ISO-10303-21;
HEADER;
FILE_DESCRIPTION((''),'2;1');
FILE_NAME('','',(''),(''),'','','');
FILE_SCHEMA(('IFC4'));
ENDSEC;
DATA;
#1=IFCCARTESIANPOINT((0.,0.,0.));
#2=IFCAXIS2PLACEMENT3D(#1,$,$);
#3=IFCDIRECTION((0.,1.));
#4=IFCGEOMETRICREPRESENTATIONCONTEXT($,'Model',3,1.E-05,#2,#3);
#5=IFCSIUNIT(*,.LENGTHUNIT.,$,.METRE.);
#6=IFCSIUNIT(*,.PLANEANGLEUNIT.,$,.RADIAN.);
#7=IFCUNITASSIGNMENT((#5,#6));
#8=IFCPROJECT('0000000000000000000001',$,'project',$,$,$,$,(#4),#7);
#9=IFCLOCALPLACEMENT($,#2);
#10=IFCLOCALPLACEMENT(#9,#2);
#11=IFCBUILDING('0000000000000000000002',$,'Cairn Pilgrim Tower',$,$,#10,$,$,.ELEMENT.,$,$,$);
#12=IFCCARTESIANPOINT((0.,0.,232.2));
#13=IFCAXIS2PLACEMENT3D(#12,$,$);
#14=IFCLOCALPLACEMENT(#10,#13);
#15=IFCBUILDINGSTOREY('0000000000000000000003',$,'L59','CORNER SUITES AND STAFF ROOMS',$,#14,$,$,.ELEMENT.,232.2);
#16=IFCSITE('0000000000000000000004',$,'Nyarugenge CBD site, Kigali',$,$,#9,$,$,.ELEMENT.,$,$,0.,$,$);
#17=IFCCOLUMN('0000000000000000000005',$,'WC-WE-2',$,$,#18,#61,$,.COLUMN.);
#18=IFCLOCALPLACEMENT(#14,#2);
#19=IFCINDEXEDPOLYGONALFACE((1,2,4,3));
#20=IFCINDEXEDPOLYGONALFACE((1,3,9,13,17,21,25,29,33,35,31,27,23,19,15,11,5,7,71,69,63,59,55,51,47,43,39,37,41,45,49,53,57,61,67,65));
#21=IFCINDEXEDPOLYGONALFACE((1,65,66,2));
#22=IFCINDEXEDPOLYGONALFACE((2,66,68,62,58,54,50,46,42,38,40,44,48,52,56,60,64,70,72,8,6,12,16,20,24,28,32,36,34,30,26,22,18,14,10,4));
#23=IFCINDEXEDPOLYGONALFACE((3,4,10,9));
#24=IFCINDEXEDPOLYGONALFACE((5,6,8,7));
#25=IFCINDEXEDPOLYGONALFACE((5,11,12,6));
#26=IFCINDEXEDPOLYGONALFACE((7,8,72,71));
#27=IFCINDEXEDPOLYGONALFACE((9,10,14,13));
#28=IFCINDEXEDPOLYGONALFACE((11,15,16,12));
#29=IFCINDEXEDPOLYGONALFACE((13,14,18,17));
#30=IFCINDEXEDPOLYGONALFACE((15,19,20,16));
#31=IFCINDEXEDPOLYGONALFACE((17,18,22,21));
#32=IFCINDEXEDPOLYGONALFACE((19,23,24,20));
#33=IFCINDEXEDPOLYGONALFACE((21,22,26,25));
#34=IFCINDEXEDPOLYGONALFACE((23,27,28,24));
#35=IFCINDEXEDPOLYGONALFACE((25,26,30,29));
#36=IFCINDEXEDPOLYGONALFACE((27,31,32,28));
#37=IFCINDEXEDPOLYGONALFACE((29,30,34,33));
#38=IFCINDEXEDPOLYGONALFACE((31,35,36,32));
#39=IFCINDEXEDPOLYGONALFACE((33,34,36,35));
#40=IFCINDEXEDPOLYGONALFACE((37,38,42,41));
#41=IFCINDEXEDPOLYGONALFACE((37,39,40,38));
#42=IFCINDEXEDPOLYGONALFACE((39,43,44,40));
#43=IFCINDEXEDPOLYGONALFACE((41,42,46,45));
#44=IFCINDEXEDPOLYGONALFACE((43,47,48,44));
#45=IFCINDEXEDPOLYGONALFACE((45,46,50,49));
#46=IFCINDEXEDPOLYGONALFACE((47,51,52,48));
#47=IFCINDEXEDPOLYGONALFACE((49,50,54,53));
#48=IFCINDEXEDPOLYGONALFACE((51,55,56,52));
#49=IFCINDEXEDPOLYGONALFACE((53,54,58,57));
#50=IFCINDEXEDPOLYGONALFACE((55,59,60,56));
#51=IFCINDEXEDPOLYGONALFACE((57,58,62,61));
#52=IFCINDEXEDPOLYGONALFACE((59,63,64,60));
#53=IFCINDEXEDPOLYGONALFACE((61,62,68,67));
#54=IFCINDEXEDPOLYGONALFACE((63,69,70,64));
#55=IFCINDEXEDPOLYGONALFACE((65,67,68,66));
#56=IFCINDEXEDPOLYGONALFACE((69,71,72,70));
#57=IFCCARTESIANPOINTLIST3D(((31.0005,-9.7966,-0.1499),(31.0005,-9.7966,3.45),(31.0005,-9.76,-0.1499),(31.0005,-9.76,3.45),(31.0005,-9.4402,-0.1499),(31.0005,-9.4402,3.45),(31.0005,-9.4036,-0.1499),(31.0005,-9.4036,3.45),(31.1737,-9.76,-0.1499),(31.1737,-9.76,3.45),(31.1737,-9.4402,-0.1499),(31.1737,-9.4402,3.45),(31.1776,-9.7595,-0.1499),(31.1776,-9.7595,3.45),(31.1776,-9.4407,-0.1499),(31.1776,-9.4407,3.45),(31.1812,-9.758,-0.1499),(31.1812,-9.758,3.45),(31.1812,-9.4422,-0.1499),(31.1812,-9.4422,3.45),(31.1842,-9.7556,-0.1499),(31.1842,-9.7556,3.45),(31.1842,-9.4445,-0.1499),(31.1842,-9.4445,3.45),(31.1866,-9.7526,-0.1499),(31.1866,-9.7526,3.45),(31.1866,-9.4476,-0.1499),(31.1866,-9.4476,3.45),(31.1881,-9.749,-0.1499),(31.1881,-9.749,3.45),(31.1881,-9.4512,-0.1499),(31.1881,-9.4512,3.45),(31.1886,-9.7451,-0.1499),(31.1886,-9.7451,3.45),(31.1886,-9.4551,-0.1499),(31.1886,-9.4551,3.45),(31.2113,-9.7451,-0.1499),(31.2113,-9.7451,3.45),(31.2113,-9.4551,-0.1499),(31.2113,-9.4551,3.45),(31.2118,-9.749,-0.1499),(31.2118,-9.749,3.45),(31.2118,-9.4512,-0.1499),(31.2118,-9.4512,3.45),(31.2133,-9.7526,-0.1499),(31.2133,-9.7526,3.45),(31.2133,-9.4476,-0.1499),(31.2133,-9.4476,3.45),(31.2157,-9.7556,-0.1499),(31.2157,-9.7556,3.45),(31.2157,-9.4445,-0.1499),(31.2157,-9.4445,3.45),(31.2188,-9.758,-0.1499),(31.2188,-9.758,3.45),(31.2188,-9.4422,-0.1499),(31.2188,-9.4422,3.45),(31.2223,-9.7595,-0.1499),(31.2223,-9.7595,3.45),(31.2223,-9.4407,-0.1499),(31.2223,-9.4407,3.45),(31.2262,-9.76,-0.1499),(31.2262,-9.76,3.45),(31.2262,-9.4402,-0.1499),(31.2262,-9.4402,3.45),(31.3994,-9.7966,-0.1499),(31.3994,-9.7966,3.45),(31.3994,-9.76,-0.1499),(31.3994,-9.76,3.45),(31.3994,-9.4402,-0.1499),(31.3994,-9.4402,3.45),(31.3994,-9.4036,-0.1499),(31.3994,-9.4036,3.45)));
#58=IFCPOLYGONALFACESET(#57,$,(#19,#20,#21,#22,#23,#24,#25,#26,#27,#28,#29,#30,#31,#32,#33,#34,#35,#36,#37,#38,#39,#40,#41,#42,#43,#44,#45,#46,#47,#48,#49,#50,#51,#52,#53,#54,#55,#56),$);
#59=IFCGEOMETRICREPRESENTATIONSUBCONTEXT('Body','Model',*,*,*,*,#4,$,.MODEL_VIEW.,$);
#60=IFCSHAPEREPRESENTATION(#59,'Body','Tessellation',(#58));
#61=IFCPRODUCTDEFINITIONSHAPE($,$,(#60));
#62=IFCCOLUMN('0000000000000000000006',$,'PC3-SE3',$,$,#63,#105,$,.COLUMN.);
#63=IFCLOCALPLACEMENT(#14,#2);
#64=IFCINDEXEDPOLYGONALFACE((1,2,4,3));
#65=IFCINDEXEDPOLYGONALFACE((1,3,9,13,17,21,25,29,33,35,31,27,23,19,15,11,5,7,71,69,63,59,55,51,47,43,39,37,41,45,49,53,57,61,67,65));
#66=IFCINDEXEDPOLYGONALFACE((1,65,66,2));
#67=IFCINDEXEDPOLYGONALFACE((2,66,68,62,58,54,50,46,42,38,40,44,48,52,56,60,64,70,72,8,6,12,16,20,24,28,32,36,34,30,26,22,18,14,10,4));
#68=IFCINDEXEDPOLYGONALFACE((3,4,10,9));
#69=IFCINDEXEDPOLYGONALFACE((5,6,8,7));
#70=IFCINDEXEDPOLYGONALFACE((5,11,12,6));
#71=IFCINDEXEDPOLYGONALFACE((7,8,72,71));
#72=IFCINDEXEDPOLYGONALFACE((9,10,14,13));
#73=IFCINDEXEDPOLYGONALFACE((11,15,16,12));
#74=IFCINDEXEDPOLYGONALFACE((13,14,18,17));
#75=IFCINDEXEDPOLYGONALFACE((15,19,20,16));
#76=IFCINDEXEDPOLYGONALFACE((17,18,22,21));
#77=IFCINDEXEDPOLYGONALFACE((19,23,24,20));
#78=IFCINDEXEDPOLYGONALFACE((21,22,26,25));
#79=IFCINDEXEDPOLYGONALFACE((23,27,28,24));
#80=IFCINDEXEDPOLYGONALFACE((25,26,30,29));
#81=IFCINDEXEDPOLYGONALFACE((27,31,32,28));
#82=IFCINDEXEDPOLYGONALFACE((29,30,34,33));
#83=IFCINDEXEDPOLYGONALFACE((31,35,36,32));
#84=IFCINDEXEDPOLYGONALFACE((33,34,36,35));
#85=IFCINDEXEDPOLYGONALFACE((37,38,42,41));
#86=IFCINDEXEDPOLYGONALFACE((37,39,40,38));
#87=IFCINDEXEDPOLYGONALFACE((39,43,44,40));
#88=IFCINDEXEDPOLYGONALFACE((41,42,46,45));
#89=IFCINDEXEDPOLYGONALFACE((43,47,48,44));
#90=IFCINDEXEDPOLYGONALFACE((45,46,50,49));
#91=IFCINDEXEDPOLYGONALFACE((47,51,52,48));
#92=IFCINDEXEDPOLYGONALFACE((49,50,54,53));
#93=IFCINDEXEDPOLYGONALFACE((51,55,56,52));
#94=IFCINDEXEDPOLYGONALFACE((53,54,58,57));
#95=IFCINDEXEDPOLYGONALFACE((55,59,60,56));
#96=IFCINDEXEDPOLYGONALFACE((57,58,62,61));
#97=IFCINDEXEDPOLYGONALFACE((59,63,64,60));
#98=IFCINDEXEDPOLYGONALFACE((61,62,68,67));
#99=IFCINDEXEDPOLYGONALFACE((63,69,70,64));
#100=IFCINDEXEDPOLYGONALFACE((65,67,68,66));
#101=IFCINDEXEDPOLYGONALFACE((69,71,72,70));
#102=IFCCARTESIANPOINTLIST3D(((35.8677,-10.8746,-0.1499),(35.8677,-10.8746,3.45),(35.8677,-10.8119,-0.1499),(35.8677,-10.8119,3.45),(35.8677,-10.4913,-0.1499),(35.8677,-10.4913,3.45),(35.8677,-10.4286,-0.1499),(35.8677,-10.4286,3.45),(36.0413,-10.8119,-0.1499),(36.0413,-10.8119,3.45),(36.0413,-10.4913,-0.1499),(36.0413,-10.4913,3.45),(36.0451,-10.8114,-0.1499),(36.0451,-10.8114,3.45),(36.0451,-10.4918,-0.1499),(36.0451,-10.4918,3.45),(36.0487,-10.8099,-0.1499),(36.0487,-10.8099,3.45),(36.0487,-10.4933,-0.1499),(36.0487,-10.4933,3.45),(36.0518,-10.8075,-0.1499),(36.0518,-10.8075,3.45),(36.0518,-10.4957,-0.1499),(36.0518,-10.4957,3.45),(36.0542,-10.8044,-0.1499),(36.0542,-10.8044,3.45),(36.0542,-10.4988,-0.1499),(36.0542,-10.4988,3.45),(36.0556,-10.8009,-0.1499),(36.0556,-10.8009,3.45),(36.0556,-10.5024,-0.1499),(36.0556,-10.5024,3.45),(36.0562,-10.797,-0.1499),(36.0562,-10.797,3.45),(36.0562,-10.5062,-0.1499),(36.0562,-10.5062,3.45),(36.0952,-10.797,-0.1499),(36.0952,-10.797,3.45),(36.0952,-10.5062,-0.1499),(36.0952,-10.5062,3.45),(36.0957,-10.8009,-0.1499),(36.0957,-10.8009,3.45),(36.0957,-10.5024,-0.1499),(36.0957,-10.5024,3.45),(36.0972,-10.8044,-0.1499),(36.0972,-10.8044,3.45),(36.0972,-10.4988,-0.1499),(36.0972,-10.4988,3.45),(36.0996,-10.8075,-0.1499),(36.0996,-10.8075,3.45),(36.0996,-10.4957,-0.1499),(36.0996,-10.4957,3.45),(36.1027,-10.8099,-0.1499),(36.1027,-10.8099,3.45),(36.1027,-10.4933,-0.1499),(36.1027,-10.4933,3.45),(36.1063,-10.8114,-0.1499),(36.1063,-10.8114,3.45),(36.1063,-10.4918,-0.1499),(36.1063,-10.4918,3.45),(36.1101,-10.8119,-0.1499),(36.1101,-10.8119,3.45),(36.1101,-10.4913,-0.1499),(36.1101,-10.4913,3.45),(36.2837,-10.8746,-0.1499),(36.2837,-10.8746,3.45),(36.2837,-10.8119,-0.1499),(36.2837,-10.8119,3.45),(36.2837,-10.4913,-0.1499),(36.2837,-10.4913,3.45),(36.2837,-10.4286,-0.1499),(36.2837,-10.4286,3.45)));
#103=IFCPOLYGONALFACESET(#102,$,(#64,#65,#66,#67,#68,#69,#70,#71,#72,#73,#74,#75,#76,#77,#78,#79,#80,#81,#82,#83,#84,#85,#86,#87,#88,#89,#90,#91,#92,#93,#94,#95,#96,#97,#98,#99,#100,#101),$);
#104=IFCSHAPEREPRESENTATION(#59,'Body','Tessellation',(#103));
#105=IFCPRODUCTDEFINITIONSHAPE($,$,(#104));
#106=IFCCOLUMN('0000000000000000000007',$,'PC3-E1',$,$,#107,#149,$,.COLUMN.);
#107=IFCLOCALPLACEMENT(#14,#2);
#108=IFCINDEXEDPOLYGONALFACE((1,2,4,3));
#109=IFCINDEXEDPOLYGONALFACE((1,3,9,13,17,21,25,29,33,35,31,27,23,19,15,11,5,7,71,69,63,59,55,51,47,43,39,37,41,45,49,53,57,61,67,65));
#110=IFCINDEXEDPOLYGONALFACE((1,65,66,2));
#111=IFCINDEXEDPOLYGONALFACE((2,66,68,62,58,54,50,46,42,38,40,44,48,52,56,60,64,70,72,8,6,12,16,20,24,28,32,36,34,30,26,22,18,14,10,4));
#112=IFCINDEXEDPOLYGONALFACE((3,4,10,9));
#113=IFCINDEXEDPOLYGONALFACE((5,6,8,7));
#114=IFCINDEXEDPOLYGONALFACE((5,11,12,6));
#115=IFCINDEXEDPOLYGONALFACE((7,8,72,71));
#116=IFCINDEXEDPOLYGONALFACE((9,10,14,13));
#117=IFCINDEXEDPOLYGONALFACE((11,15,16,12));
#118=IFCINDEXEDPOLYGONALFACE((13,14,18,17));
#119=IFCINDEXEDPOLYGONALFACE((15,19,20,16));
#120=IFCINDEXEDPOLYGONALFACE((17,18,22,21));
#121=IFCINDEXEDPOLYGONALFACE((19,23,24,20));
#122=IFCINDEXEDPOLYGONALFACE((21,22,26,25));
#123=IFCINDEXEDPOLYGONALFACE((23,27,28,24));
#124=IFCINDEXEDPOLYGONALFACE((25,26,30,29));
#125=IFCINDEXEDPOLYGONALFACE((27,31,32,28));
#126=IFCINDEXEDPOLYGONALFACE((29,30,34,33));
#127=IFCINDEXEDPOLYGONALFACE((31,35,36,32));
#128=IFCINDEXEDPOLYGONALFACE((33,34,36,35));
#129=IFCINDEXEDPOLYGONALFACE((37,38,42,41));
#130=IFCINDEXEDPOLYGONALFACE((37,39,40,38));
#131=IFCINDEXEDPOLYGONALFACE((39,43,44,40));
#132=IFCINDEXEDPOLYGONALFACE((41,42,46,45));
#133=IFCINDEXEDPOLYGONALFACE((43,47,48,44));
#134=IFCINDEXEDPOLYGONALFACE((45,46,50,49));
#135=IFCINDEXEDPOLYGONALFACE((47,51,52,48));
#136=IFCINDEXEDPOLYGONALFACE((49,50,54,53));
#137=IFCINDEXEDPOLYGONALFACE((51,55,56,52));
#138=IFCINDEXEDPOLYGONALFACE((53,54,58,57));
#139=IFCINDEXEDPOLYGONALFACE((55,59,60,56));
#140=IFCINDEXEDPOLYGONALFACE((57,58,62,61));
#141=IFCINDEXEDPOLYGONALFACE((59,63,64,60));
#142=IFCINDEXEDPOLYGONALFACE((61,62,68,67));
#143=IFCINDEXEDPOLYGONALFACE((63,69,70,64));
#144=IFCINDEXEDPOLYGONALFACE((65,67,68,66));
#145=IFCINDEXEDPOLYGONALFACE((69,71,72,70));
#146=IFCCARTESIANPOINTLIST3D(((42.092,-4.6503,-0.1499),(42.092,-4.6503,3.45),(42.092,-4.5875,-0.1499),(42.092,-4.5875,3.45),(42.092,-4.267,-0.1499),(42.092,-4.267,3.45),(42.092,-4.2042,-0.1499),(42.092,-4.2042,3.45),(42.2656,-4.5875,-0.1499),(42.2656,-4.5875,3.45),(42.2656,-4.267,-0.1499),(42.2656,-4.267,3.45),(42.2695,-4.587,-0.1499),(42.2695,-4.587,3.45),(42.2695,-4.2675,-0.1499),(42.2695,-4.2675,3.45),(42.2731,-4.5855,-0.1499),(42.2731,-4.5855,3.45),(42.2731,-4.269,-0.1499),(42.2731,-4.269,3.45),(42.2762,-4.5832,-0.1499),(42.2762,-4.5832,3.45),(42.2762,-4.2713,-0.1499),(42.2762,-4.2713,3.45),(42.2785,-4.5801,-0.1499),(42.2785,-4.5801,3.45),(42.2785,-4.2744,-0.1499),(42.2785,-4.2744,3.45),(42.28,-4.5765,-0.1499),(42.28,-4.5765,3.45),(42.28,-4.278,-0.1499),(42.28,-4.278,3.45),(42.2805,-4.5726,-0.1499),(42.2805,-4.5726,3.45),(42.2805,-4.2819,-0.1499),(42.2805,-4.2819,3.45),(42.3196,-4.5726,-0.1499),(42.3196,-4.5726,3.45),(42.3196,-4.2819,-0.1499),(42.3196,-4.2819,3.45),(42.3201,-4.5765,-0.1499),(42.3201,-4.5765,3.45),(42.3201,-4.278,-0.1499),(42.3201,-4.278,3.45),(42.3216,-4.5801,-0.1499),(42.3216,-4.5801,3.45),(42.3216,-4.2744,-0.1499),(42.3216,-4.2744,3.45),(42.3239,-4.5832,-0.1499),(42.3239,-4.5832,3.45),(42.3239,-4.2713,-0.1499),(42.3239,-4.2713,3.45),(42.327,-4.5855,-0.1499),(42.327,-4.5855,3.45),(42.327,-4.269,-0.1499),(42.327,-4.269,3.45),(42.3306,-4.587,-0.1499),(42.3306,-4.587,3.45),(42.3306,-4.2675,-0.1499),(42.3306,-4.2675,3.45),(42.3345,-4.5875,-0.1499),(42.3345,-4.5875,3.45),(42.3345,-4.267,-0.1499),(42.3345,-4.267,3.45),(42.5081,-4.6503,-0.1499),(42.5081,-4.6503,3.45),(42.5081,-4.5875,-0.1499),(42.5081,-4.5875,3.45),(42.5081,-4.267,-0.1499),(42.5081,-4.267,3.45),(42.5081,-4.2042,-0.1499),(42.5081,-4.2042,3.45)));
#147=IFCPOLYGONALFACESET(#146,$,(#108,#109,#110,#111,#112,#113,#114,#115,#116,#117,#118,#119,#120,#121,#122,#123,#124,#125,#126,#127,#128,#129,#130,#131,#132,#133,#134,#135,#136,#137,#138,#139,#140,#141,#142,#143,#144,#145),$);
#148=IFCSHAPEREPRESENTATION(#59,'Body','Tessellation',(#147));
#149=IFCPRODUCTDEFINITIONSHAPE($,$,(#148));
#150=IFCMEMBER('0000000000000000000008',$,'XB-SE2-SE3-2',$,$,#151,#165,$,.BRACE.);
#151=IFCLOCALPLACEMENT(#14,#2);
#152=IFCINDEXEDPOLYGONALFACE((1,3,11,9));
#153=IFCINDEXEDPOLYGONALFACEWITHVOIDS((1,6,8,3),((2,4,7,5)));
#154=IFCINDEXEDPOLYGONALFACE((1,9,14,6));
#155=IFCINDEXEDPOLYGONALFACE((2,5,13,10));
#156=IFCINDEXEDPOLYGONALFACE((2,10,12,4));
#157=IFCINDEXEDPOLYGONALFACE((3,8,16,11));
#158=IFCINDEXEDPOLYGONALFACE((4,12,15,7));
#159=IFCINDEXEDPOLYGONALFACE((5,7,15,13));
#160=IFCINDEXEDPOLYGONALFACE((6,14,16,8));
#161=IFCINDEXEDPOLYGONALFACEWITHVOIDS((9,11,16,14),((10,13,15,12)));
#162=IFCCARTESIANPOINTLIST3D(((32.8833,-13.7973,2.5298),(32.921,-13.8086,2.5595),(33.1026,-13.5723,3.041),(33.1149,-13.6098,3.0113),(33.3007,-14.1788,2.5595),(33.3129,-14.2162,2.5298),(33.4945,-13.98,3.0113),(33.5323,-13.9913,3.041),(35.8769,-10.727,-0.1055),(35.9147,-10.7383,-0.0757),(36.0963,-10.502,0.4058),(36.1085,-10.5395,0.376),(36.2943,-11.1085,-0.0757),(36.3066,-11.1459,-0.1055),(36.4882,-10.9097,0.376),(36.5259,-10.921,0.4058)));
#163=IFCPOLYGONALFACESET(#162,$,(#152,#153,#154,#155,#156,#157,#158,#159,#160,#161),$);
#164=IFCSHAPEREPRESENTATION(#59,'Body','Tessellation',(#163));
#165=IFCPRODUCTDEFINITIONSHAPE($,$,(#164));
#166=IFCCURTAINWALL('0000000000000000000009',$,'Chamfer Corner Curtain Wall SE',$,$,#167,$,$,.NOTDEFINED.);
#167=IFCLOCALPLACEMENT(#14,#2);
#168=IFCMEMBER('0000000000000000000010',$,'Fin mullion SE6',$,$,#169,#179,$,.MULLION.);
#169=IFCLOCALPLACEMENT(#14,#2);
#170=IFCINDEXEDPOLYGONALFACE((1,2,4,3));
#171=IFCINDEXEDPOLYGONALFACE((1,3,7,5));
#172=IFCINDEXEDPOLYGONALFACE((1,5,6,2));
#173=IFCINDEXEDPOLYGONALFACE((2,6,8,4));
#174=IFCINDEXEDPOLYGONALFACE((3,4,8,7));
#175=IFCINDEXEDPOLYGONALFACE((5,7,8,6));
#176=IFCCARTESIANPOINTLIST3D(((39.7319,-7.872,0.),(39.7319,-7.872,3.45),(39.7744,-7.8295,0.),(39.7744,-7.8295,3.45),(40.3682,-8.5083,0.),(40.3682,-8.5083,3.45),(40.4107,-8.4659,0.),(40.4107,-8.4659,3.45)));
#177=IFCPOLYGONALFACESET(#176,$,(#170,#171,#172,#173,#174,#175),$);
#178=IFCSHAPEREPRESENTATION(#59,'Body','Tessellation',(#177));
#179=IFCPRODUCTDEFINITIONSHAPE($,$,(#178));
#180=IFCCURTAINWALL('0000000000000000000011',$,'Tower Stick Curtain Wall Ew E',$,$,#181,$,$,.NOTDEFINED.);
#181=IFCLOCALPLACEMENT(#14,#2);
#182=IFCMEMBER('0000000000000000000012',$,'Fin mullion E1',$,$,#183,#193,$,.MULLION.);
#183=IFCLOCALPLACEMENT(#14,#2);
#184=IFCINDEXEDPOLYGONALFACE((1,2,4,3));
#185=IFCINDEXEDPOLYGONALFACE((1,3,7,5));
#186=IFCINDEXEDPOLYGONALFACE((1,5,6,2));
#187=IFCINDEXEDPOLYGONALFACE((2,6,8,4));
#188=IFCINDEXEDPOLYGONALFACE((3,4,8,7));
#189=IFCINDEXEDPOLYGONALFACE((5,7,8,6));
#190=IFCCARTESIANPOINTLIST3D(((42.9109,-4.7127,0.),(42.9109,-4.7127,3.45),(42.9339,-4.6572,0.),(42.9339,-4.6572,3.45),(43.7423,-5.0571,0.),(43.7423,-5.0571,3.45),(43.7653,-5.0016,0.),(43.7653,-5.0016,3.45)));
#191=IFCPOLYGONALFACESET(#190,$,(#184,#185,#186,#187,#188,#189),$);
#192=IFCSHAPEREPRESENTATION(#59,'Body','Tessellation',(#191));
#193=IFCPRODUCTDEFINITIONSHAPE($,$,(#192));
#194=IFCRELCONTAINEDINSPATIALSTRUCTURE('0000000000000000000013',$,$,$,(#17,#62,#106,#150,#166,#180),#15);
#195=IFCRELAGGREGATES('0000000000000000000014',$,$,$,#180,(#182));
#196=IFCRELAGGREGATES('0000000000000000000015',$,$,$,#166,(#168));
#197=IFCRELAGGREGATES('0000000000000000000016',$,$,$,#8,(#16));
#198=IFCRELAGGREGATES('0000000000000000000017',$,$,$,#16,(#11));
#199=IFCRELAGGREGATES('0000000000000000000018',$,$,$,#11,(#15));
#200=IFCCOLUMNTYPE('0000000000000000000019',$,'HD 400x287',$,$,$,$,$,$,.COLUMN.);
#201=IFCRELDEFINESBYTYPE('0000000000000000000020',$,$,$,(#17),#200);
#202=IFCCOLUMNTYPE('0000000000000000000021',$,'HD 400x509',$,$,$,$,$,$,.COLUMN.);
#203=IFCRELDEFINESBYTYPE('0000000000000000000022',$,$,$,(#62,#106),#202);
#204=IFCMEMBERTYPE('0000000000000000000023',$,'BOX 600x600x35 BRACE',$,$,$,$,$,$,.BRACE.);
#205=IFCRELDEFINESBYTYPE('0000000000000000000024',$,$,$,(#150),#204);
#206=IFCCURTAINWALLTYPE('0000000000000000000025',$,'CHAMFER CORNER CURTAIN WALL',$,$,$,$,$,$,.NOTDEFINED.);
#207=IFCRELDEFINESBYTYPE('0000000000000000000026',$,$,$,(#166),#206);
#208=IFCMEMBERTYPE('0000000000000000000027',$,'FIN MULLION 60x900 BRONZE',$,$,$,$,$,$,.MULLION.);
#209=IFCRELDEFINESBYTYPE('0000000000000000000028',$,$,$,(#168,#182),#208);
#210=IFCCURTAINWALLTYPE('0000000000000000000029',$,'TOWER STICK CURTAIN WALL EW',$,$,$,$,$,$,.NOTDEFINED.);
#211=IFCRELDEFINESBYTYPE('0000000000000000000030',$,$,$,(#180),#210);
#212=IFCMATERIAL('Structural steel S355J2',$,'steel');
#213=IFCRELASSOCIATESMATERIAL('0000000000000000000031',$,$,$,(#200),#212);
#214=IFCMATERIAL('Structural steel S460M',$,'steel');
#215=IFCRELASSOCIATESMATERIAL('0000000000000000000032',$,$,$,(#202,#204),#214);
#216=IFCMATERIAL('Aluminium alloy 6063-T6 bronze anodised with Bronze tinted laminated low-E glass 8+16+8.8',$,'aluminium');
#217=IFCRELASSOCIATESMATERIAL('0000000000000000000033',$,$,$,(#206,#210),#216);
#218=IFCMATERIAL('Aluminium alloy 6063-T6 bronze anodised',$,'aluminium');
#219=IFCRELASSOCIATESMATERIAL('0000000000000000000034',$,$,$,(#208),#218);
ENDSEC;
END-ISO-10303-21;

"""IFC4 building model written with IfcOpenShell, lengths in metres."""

from ifc_helpers import new_model, si_unit, direction, frame, origin, origin_2d, place, context, subcontext, project, spatial, rectangle, hollow_rectangle, i_section, extrude, material, material_profile, profile_set, type_object, element, aggregate, save


model = new_model("IFC4")

# Units and contexts
model_context = context("Model", 3, precision=1e-05, world=origin(), true_north=direction((0.0, 1.0)))
body_context = subcontext(model_context, "Body", "Model", "MODEL_VIEW")
ifc_project = project(units=[si_unit("LENGTHUNIT", "METRE"), si_unit("PLANEANGLEUNIT", "RADIAN")], contexts=[model_context])

# Site, building, storey
site_placement = place(None, origin())
site = spatial("IfcSite", under=ifc_project, at=site_placement, Name="Nyarugenge CBD site, Kigali", CompositionType="ELEMENT", RefElevation=0.0)
building_placement = place(site_placement, origin())
building = spatial("IfcBuilding", under=site, at=building_placement, Name="Cairn Pilgrim Tower", CompositionType="ELEMENT")
storey_placement = place(building_placement, frame((0.0, 0.0, 232.2)))
storey = spatial("IfcBuildingStorey", under=building, at=storey_placement, Name="L59", Description="CORNER SUITES AND STAFF ROOMS", CompositionType="ELEMENT", Elevation=232.2)

# Columns
ifc_material_1 = material(Name="Structural steel S355J2", Category="steel")
ifc_material_profile_1 = material_profile(ifc_material_1, i_section(OverallWidth=0.3989, OverallDepth=0.3931, WebThickness=0.0227, FlangeThickness=0.0366, FilletRadius=0.0149, at=origin_2d()), Name="HD 400x287")
ifc_profile_set_1 = profile_set([ifc_material_profile_1], Name="Structural steel S355J2")
column_type_1 = type_object("IfcColumnType", Name="HD 400x287", PredefinedType="COLUMN", material=ifc_profile_set_1)
column_placement = place(storey_placement, frame((31.2, -9.6001, -0.1499), z_axis=(0.0, 0.0, 1.0), x_axis=(1.0, 0.0, 0.0)))
element("IfcColumn", 1, at=column_placement, inside=storey, type_object=column_type_1, Name="WC-WE-2", PredefinedType="COLUMN", context=body_context, shape_type="SweptSolid", body=[
    extrude(i_section(OverallWidth=0.3989, OverallDepth=0.3931, WebThickness=0.0227, FlangeThickness=0.0366, FilletRadius=0.0149, at=origin_2d()), origin(), (0.0, 0.0, 1.0), 3.5999),
])
ifc_material_2 = material(Name="Structural steel S460M", Category="steel")
ifc_material_profile_2 = material_profile(ifc_material_2, i_section(OverallWidth=0.416, OverallDepth=0.446, WebThickness=0.0391, FlangeThickness=0.0627, FilletRadius=0.0149, at=origin_2d()), Name="HD 400x509")
ifc_profile_set_2 = profile_set([ifc_material_profile_2], Name="Structural steel S460M")
column_type_2 = type_object("IfcColumnType", Name="HD 400x509", PredefinedType="COLUMN", material=ifc_profile_set_2)
for number, where, z_axis, x_axis, name in (
    (2, (36.0757, -10.6516, -0.1499), (0.0, 0.0, 1.0), (1.0, 0.0, 0.0), "PC3-SE3"),
    (3, (42.3, -4.4272, -0.1499), (0.0, 0.0, 1.0), (1.0, 0.0, 0.0), "PC3-E1"),
):
    element("IfcColumn", number, at=place(storey_placement, frame(where, z_axis=z_axis, x_axis=x_axis)), inside=storey, type_object=column_type_2, Name=name, PredefinedType="COLUMN", context=body_context, shape_type="SweptSolid", body=[
        extrude(i_section(OverallWidth=0.416, OverallDepth=0.446, WebThickness=0.0391, FlangeThickness=0.0627, FilletRadius=0.0149, at=origin_2d()), origin(), (0.0, 0.0, 1.0), 3.5999),
    ])

# Member
ifc_material_profile_3 = material_profile(ifc_material_2, hollow_rectangle(XDim=0.6001, YDim=0.6001, WallThickness=0.0349, at=origin_2d()), Name="BOX 600x600x35")
ifc_profile_set_3 = profile_set([ifc_material_profile_3], Name="Structural steel S460M")
member_type_1 = type_object("IfcMemberType", Name="BOX 600x600x35 BRACE", PredefinedType="BRACE", material=ifc_profile_set_3)
member_1_placement = place(storey_placement, frame((36.2014, -10.824, 0.1501), z_axis=(-0.594778, -0.610009, 0.523572), x_axis=(0.715989, -0.698112, 0.0)))
element("IfcMember", 4, at=member_1_placement, inside=storey, type_object=member_type_1, Name="XB-SE2-SE3-2", PredefinedType="BRACE", context=body_context, shape_type="SweptSolid", body=[
    extrude(hollow_rectangle(XDim=0.6001, YDim=0.6001, WallThickness=0.0349, at=origin_2d()), origin(), (0.0, 0.0, 1.0), 5.0332),
])

# Curtain walls, members
ifc_material_3 = material(Name="Aluminium alloy 6063-T6 bronze anodised with Bronze tinted laminated low-E glass 8+16+8.8", Category="aluminium")
curtain_wall_type_1 = type_object("IfcCurtainWallType", Name="CHAMFER CORNER CURTAIN WALL", PredefinedType="NOTDEFINED", material=ifc_material_3)
curtain_wall_1_placement = place(storey_placement, origin())
curtain_wall_1 = element("IfcCurtainWall", 5, at=curtain_wall_1_placement, inside=storey, type_object=curtain_wall_type_1, Name="Chamfer Corner Curtain Wall SE", PredefinedType="NOTDEFINED")
ifc_material_4 = material(Name="Aluminium alloy 6063-T6 bronze anodised", Category="aluminium")
ifc_material_profile_4 = material_profile(ifc_material_4, rectangle(XDim=0.8999, YDim=0.0601, at=origin_2d()), Name="FIN MULLION 60x900 BRONZE")
ifc_profile_set_4 = profile_set([ifc_material_profile_4], Name="Aluminium alloy 6063-T6 bronze anodised")
member_type_2 = type_object("IfcMemberType", Name="FIN MULLION 60x900 BRONZE", PredefinedType="MULLION", material=ifc_profile_set_4)
member_2_placement = place(storey_placement, frame((40.0713, -8.1689, 0.0), z_axis=(0.0, 0.0, 1.0), x_axis=(0.707107, -0.707107, 0.0)))
member_2 = element("IfcMember", 6, at=member_2_placement, type_object=member_type_2, Name="Fin mullion SE6", PredefinedType="MULLION", context=body_context, shape_type="SweptSolid", body=[
    extrude(rectangle(XDim=0.8999, YDim=0.0601, at=origin_2d()), origin(), (0.0, 0.0, 1.0), 3.45),
])
curtain_wall_type_2 = type_object("IfcCurtainWallType", Name="TOWER STICK CURTAIN WALL EW", PredefinedType="NOTDEFINED", material=ifc_material_3)
curtain_wall_2_placement = place(storey_placement, origin())
curtain_wall_2 = element("IfcCurtainWall", 7, at=curtain_wall_2_placement, inside=storey, type_object=curtain_wall_type_2, Name="Tower Stick Curtain Wall Ew E", PredefinedType="NOTDEFINED")
member_3_placement = place(storey_placement, frame((43.3381, -4.8572, 0.0), z_axis=(0.0, 0.0, 1.0), x_axis=(0.92388, -0.382683, 0.0)))
member_3 = element("IfcMember", 8, at=member_3_placement, type_object=member_type_2, Name="Fin mullion E1", PredefinedType="MULLION", context=body_context, shape_type="SweptSolid", body=[
    extrude(rectangle(XDim=0.8999, YDim=0.0601, at=origin_2d()), origin(), (0.0, 0.0, 1.0), 3.45),
])
aggregate(curtain_wall_2, [member_3])

aggregate(curtain_wall_1, [member_2])

save(model, "model.ifc")
